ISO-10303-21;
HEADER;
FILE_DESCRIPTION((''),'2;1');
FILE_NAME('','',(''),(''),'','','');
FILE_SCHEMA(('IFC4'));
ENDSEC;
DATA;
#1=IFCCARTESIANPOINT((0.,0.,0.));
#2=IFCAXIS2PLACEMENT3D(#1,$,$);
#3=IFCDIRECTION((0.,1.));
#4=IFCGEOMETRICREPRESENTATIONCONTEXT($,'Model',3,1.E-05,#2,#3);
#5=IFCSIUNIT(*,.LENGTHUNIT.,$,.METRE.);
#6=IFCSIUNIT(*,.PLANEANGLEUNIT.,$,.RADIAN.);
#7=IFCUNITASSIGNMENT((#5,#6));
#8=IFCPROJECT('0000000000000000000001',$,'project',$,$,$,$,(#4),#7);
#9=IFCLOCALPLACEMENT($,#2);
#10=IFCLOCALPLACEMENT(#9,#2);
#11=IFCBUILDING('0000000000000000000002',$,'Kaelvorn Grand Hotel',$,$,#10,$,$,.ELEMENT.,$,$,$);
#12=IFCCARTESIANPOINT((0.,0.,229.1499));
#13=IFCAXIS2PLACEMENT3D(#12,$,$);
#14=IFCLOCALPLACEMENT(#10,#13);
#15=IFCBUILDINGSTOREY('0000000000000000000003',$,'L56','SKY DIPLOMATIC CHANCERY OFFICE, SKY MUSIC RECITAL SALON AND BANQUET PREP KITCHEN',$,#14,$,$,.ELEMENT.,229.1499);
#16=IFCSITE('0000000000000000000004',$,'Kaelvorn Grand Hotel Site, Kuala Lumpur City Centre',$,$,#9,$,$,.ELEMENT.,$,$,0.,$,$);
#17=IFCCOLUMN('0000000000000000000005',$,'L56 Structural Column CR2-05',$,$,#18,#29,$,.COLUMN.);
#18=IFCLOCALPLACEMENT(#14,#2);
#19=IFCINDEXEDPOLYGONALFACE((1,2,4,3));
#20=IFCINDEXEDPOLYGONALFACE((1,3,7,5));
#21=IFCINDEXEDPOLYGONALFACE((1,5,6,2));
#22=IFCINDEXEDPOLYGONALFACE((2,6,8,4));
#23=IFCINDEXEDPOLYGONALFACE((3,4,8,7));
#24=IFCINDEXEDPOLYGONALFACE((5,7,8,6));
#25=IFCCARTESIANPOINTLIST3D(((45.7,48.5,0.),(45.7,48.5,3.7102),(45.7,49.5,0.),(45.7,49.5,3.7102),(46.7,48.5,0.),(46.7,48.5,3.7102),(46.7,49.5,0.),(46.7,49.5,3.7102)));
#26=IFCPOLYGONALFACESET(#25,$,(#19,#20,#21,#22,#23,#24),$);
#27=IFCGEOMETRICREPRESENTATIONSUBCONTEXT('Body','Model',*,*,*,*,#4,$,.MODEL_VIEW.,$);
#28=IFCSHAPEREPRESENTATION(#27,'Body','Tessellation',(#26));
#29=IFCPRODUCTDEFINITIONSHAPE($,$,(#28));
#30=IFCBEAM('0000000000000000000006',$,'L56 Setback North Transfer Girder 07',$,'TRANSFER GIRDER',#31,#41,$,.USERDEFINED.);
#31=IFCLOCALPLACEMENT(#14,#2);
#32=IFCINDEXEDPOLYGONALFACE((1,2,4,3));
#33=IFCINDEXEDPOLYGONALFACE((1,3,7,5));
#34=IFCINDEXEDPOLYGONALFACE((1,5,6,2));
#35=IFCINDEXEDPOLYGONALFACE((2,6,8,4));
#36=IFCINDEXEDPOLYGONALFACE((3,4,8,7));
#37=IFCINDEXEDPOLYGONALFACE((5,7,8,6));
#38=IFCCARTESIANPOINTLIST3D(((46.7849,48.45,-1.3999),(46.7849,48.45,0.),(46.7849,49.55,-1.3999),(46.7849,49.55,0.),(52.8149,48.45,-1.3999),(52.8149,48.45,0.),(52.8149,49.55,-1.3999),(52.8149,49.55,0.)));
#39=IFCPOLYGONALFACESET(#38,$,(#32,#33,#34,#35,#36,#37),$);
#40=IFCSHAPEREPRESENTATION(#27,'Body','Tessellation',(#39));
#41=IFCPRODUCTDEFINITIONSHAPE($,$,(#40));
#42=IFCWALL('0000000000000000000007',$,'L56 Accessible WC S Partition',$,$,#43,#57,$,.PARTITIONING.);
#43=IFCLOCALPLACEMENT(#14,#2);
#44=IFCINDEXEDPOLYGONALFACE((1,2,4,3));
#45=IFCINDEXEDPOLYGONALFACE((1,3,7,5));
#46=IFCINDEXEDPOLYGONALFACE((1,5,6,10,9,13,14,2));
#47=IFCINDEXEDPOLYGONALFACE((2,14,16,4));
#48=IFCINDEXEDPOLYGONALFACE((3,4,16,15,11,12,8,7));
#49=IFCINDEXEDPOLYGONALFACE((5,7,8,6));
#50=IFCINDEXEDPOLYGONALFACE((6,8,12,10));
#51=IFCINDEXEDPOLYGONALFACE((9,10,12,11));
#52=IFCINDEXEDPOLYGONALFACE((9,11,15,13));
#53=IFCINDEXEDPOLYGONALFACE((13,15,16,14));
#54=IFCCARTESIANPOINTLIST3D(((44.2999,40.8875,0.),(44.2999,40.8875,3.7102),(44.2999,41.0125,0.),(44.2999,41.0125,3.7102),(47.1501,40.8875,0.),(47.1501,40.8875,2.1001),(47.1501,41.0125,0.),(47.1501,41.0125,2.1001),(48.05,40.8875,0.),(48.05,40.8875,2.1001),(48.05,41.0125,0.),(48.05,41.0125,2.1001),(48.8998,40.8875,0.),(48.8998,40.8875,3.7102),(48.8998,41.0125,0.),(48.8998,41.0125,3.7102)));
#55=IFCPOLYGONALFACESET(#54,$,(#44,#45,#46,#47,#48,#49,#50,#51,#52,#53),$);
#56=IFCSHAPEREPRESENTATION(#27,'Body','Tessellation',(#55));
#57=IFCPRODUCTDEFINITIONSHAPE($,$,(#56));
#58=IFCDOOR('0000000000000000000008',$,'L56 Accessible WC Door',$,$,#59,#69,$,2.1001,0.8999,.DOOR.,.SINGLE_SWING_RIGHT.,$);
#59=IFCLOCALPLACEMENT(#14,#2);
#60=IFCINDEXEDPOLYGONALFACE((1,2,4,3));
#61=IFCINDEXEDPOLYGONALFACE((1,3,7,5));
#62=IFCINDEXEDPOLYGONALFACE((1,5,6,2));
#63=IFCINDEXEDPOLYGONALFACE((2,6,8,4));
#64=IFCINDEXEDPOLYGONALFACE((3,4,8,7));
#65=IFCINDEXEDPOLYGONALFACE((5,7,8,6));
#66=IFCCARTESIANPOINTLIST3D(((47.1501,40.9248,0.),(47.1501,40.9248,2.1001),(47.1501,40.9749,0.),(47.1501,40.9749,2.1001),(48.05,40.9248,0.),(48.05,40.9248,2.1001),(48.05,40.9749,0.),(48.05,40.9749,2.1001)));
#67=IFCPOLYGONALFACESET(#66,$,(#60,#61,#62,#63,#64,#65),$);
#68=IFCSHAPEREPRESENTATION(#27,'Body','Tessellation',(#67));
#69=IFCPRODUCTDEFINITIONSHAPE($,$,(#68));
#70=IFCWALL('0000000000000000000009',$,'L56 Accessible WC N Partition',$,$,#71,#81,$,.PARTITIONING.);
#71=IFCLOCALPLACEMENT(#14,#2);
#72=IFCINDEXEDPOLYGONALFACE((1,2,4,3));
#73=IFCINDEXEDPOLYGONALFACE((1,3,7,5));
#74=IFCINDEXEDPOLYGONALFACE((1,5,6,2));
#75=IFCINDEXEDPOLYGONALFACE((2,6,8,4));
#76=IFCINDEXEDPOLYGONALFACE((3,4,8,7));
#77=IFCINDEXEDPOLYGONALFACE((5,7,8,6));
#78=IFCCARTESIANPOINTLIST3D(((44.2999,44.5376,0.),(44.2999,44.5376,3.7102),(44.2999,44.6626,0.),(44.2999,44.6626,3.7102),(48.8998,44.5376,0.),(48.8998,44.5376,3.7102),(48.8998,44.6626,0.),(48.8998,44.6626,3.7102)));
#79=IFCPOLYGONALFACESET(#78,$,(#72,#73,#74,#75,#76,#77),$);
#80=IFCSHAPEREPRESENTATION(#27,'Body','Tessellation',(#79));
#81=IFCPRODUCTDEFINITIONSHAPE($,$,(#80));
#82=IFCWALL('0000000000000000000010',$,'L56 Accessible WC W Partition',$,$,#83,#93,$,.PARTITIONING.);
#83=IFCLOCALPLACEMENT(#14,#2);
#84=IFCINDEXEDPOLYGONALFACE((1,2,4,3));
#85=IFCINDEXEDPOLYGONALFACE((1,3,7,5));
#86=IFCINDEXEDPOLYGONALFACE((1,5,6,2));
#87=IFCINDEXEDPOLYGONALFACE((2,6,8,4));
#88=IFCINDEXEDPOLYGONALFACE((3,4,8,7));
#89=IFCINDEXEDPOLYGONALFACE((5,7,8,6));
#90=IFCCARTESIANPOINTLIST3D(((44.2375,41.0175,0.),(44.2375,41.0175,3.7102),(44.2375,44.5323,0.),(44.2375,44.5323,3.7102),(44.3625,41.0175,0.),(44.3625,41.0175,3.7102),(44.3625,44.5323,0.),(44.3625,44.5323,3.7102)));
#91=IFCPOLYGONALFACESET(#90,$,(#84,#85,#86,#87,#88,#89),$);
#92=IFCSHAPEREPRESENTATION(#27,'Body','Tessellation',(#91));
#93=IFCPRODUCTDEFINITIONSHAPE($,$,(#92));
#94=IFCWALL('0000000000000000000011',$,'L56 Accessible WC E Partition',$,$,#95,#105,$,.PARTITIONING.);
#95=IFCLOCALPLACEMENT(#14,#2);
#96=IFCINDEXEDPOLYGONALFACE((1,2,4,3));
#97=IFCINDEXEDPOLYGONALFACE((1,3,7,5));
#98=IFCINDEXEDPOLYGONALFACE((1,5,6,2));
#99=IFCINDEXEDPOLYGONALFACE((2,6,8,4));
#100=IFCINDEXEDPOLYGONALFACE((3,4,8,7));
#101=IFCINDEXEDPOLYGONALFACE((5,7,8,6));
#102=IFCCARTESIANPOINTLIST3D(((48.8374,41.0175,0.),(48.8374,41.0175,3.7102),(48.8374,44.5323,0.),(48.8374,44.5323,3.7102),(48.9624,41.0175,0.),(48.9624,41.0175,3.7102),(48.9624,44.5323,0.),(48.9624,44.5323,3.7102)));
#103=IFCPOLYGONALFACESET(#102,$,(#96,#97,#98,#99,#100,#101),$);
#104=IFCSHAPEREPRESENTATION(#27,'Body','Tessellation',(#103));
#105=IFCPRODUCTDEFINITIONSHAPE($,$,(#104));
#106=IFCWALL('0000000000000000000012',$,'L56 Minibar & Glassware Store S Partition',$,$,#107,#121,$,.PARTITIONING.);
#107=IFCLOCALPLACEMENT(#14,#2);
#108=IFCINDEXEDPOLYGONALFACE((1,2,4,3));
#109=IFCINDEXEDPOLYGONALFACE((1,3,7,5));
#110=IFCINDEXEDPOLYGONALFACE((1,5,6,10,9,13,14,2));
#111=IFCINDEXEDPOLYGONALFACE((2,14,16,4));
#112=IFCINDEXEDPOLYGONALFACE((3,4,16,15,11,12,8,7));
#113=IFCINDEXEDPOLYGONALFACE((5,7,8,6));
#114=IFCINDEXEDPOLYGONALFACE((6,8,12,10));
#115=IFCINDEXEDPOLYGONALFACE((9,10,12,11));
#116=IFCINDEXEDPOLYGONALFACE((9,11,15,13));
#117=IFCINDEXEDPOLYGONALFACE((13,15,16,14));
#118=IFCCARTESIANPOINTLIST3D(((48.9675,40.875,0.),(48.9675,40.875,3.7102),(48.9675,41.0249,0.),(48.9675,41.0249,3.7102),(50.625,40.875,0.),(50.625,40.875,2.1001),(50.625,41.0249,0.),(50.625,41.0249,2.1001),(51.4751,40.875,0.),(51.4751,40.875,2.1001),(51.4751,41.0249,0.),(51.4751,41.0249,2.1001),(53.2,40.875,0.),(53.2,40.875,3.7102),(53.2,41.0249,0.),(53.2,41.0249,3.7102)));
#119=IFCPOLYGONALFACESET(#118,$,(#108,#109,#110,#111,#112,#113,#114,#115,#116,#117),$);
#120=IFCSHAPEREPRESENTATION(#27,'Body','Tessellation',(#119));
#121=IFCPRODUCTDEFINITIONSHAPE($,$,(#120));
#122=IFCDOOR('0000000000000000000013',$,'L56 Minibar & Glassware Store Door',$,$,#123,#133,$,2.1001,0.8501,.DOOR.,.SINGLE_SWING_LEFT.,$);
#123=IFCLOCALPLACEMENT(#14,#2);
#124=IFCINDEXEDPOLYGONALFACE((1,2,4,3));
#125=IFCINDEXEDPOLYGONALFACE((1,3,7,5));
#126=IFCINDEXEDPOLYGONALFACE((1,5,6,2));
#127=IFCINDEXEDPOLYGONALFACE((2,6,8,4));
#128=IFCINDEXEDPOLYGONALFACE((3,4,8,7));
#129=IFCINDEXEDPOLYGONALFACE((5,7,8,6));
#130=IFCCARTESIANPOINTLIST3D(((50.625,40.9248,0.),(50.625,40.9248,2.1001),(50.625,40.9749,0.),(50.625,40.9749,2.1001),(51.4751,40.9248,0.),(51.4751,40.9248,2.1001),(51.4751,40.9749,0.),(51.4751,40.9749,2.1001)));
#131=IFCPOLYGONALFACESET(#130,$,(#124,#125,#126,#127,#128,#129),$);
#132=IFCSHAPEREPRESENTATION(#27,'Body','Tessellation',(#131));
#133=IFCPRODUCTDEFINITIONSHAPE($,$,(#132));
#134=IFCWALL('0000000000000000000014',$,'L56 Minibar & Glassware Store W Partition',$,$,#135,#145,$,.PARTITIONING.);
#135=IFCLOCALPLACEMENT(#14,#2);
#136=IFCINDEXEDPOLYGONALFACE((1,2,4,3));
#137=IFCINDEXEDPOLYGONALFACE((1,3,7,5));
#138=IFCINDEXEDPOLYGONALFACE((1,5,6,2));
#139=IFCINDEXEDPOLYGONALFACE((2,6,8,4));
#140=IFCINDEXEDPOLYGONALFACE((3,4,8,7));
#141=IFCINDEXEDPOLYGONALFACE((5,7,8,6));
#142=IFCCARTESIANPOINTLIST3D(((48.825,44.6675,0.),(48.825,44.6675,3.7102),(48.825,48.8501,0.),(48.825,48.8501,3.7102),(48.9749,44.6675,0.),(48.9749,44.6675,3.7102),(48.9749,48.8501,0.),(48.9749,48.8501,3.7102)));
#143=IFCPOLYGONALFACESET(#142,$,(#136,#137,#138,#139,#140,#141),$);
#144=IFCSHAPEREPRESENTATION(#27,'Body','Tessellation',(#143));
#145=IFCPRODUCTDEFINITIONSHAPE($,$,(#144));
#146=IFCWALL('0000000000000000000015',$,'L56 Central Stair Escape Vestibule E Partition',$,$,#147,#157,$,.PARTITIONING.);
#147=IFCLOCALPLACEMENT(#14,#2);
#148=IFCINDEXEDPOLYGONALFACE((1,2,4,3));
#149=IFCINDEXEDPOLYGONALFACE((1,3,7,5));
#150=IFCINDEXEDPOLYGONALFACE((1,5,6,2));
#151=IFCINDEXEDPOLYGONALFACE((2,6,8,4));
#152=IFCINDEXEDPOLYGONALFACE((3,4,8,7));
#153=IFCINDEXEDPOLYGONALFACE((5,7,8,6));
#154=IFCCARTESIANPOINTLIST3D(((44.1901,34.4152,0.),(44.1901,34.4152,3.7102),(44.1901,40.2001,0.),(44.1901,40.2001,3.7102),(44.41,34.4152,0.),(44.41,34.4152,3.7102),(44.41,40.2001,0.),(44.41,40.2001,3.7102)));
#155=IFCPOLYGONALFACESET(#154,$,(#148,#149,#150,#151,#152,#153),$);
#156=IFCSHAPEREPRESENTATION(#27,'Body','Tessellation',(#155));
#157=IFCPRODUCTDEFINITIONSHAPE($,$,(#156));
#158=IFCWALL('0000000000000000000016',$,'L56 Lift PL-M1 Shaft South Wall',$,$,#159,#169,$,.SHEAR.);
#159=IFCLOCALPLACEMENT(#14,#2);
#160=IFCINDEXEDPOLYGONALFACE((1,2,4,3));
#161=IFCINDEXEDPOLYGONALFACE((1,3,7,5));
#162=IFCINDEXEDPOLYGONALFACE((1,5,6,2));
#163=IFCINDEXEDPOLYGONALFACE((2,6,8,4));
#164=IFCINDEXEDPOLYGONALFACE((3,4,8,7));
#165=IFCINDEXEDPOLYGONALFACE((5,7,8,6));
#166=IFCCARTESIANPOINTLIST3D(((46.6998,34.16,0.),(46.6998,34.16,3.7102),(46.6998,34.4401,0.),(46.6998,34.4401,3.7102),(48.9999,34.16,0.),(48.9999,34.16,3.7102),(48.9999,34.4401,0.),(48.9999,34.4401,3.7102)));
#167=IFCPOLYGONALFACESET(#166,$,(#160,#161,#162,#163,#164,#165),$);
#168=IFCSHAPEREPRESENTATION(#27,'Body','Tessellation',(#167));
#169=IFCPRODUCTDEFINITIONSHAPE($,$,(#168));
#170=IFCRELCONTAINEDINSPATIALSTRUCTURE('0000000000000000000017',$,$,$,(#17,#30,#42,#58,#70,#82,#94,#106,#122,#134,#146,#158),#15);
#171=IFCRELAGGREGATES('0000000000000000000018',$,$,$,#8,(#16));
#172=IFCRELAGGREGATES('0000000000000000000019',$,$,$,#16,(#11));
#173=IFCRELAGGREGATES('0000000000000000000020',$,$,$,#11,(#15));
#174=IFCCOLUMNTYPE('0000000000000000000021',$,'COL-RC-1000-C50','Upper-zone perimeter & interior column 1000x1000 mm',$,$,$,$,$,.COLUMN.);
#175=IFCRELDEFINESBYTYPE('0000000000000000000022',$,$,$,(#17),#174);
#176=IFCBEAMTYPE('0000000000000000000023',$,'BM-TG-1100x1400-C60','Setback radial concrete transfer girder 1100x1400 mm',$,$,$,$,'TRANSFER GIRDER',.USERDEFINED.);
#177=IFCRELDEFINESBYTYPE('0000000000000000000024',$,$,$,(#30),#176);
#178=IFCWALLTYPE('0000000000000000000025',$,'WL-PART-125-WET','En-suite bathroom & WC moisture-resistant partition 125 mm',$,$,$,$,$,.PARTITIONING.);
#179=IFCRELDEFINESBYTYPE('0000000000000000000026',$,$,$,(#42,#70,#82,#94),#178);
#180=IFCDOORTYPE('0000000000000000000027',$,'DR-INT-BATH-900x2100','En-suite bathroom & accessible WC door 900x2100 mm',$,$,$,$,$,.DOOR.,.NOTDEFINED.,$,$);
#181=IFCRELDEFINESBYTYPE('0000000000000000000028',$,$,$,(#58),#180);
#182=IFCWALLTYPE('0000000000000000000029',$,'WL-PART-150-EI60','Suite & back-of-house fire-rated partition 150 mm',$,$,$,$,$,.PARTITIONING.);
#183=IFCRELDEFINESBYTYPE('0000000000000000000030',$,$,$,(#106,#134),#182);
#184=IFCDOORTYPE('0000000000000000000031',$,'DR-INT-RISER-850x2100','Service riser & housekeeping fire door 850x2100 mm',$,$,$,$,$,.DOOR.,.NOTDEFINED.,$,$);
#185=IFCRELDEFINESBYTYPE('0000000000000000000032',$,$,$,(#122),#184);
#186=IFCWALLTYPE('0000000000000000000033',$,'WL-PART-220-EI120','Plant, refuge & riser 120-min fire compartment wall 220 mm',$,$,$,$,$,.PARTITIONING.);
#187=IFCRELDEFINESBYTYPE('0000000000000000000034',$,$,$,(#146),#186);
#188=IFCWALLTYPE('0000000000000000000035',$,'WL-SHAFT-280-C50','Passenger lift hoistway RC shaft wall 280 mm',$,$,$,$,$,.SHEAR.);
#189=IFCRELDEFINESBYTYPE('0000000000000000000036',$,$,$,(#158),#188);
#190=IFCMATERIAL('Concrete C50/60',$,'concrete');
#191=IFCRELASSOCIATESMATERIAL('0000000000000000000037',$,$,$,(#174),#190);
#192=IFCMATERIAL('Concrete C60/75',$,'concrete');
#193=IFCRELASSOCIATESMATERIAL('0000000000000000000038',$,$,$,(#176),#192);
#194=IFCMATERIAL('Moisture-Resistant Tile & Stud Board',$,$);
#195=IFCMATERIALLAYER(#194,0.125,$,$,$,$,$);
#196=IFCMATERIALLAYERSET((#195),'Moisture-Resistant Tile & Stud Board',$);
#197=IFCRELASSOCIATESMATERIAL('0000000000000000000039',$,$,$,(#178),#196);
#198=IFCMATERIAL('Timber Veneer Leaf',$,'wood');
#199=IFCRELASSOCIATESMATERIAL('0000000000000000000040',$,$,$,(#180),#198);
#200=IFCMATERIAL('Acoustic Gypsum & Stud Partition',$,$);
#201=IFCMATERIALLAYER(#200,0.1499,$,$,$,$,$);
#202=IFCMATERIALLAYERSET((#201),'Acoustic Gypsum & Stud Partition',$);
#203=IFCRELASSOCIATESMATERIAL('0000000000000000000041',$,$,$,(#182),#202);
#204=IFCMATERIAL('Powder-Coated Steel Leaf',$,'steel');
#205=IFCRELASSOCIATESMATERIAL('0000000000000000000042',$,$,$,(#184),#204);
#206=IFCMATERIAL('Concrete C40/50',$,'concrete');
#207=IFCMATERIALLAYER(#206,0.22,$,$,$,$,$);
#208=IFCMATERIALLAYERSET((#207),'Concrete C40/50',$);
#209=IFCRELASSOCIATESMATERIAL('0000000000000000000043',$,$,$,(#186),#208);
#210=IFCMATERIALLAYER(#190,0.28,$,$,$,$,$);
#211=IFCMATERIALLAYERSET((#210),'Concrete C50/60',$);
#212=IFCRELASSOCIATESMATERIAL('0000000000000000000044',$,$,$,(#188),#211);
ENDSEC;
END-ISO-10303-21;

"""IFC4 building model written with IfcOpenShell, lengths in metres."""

from ifc_helpers import new_model, si_unit, direction, frame, frame_2d, origin, origin_2d, place, context, subcontext, project, spatial, rectangle, extrude, material, layer, layer_set, material_profile, profile_set, type_object, element, fill, save


model = new_model("IFC4")

# Units and contexts
model_context = context("Model", 3, precision=1e-05, world=origin(), true_north=direction((0.0, 1.0)))
body_context = subcontext(model_context, "Body", "Model", "MODEL_VIEW")
ifc_project = project(units=[si_unit("LENGTHUNIT", "METRE"), si_unit("PLANEANGLEUNIT", "RADIAN")], contexts=[model_context])

# Site, building, storey
site_placement = place(None, origin())
site = spatial("IfcSite", under=ifc_project, at=site_placement, Name="Kaelvorn Grand Hotel Site, Kuala Lumpur City Centre", CompositionType="ELEMENT", RefElevation=0.0)
building_placement = place(site_placement, origin())
building = spatial("IfcBuilding", under=site, at=building_placement, Name="Kaelvorn Grand Hotel", CompositionType="ELEMENT")
storey_placement = place(building_placement, frame((0.0, 0.0, 229.1499)))
storey = spatial("IfcBuildingStorey", under=building, at=storey_placement, Name="L56", Description="SKY DIPLOMATIC CHANCERY OFFICE, SKY MUSIC RECITAL SALON AND BANQUET PREP KITCHEN", CompositionType="ELEMENT", Elevation=229.1499)

# Column
ifc_material_1 = material(Name="Concrete C50/60", Category="concrete")
ifc_material_profile_1 = material_profile(ifc_material_1, rectangle(XDim=1.0, YDim=1.0, at=origin_2d()), Name="RC COL 1000x1000")
ifc_profile_set_1 = profile_set([ifc_material_profile_1], Name="Concrete C50/60")
column_type = type_object("IfcColumnType", Name="COL-RC-1000-C50", Description="Upper-zone perimeter & interior column 1000x1000 mm", PredefinedType="COLUMN", material=ifc_profile_set_1)
column_placement = place(storey_placement, frame((46.2, 49.0, 0.0), z_axis=(0.0, 0.0, 1.0), x_axis=(1.0, 0.0, 0.0)))
element("IfcColumn", 1, at=column_placement, inside=storey, type_object=column_type, Name="L56 Structural Column CR2-05", PredefinedType="COLUMN", context=body_context, shape_type="SweptSolid", body=[
    extrude(rectangle(XDim=1.0, YDim=1.0, at=origin_2d()), origin(), (0.0, 0.0, 1.0), 3.7102),
])

# Beam
ifc_material_2 = material(Name="Concrete C60/75", Category="concrete")
ifc_material_profile_2 = material_profile(ifc_material_2, rectangle(XDim=1.1001, YDim=1.3999, at=origin_2d()), Name="RC TG 1100x1400")
ifc_profile_set_2 = profile_set([ifc_material_profile_2], Name="Concrete C60/75")
beam_type = type_object("IfcBeamType", Name="BM-TG-1100x1400-C60", Description="Setback radial concrete transfer girder 1100x1400 mm", ElementType="TRANSFER GIRDER", PredefinedType="USERDEFINED", material=ifc_profile_set_2)
beam_placement = place(storey_placement, frame((46.7849, 49.0, -0.7), z_axis=(1.0, 0.0, 0.0), x_axis=(0.0, 1.0, 0.0)))
element("IfcBeam", 2, at=beam_placement, inside=storey, type_object=beam_type, Name="L56 Setback North Transfer Girder 07", ObjectType="TRANSFER GIRDER", PredefinedType="USERDEFINED", context=body_context, shape_type="SweptSolid", body=[
    extrude(rectangle(XDim=1.1001, YDim=1.3999, at=origin_2d()), origin(), (0.0, 0.0, 1.0), 6.03),
])

# Wall, opening, door
ifc_material_3 = material(Name="Moisture-Resistant Tile & Stud Board")
ifc_layer_1 = layer(ifc_material_3, 0.125)
ifc_layer_set_1 = layer_set([ifc_layer_1], Name="Moisture-Resistant Tile & Stud Board")
wall_type_1 = type_object("IfcWallType", Name="WL-PART-125-WET", Description="En-suite bathroom & WC moisture-resistant partition 125 mm", PredefinedType="PARTITIONING", material=ifc_layer_set_1)
wall_1_placement = place(storey_placement, frame((44.3, 40.95, 0.0), z_axis=(0.0, 0.0, 1.0), x_axis=(1.0, 0.0, 0.0)))
wall_1 = element("IfcWall", 3, at=wall_1_placement, inside=storey, type_object=wall_type_1, Name="L56 Accessible WC S Partition", PredefinedType="PARTITIONING", context=body_context, shape_type="SweptSolid", body=[
    extrude(rectangle(XDim=4.5999, YDim=0.125, at=frame_2d((2.2998, 0.0))), origin(), (0.0, 0.0, 1.0), 3.7102),
])
opening_1_placement = place(wall_1_placement, frame((2.8501, 0.0, 0.0)))
opening_1 = element("IfcOpeningElement", 4, at=opening_1_placement, cuts=wall_1, PredefinedType="OPENING", context=body_context, shape_type="SweptSolid", body=[
    extrude(rectangle(XDim=0.8999, YDim=2.1001, at=frame_2d((0.45, 1.05))), frame((0.0, 0.0725, 0.0), z_axis=(0.0, -1.0, 0.0), x_axis=(1.0, 0.0, 0.0)), (0.0, 0.0, 1.0), 0.145),
])
ifc_material_4 = material(Name="Timber Veneer Leaf", Category="wood")
door_type_1 = type_object("IfcDoorType", Name="DR-INT-BATH-900x2100", Description="En-suite bathroom & accessible WC door 900x2100 mm", OperationType="NOTDEFINED", PredefinedType="DOOR", material=ifc_material_4)
door_1_placement = place(opening_1_placement, origin())
door_1 = element("IfcDoor", 5, at=door_1_placement, inside=storey, type_object=door_type_1, Name="L56 Accessible WC Door", OperationType="SINGLE_SWING_RIGHT", OverallHeight=2.1001, OverallWidth=0.8999, PredefinedType="DOOR", context=body_context, shape_type="SweptSolid", body=[
    extrude(rectangle(XDim=0.8999, YDim=2.1001, at=frame_2d((0.45, 1.05))), frame((0.0, 0.0249, 0.0), z_axis=(0.0, -1.0, 0.0), x_axis=(1.0, 0.0, 0.0)), (0.0, 0.0, 1.0), 0.05),
])
fill(opening_1, door_1)

# Walls
wall_2_placement = place(storey_placement, frame((44.3, 44.6001, 0.0), z_axis=(0.0, 0.0, 1.0), x_axis=(1.0, 0.0, 0.0)))
element("IfcWall", 6, at=wall_2_placement, inside=storey, type_object=wall_type_1, Name="L56 Accessible WC N Partition", PredefinedType="PARTITIONING", context=body_context, shape_type="SweptSolid", body=[
    extrude(rectangle(XDim=4.5999, YDim=0.125, at=frame_2d((2.2998, 0.0))), origin(), (0.0, 0.0, 1.0), 3.7102),
])
for number, where, z_axis, x_axis, name in (
    (7, (44.3, 41.0176, 0.0), (0.0, 0.0, 1.0), (0.0, 1.0, 0.0), "L56 Accessible WC W Partition"),
    (8, (48.8999, 41.0176, 0.0), (0.0, 0.0, 1.0), (0.0, 1.0, 0.0), "L56 Accessible WC E Partition"),
):
    element("IfcWall", number, at=place(storey_placement, frame(where, z_axis=z_axis, x_axis=x_axis)), inside=storey, type_object=wall_type_1, Name=name, PredefinedType="PARTITIONING", context=body_context, shape_type="SweptSolid", body=[
        extrude(rectangle(XDim=3.5149, YDim=0.125, at=frame_2d((1.7573, 0.0))), origin(), (0.0, 0.0, 1.0), 3.7102),
    ])

# Wall, opening, door
ifc_material_5 = material(Name="Acoustic Gypsum & Stud Partition")
ifc_layer_2 = layer(ifc_material_5, 0.1499)
ifc_layer_set_2 = layer_set([ifc_layer_2], Name="Acoustic Gypsum & Stud Partition")
wall_type_2 = type_object("IfcWallType", Name="WL-PART-150-EI60", Description="Suite & back-of-house fire-rated partition 150 mm", PredefinedType="PARTITIONING", material=ifc_layer_set_2)
wall_3_placement = place(storey_placement, frame((48.9675, 40.95, 0.0), z_axis=(0.0, 0.0, 1.0), x_axis=(1.0, 0.0, 0.0)))
wall_3 = element("IfcWall", 9, at=wall_3_placement, inside=storey, type_object=wall_type_2, Name="L56 Minibar & Glassware Store S Partition", PredefinedType="PARTITIONING", context=body_context, shape_type="SweptSolid", body=[
    extrude(rectangle(XDim=4.2324, YDim=0.1499, at=frame_2d((2.1162, 0.0))), origin(), (0.0, 0.0, 1.0), 3.7102),
])
opening_2_placement = place(wall_3_placement, frame((1.6575, 0.0, 0.0)))
opening_2 = element("IfcOpeningElement", 10, at=opening_2_placement, cuts=wall_3, PredefinedType="OPENING", context=body_context, shape_type="SweptSolid", body=[
    extrude(rectangle(XDim=0.8501, YDim=2.1001, at=frame_2d((0.425, 1.05))), frame((0.0, 0.085, 0.0), z_axis=(0.0, -1.0, 0.0), x_axis=(1.0, 0.0, 0.0)), (0.0, 0.0, 1.0), 0.1699),
])
ifc_material_6 = material(Name="Powder-Coated Steel Leaf", Category="steel")
door_type_2 = type_object("IfcDoorType", Name="DR-INT-RISER-850x2100", Description="Service riser & housekeeping fire door 850x2100 mm", OperationType="NOTDEFINED", PredefinedType="DOOR", material=ifc_material_6)
door_2_placement = place(opening_2_placement, origin())
door_2 = element("IfcDoor", 11, at=door_2_placement, inside=storey, type_object=door_type_2, Name="L56 Minibar & Glassware Store Door", OperationType="SINGLE_SWING_LEFT", OverallHeight=2.1001, OverallWidth=0.8501, PredefinedType="DOOR", context=body_context, shape_type="SweptSolid", body=[
    extrude(rectangle(XDim=0.8501, YDim=2.1001, at=frame_2d((0.425, 1.05))), frame((0.0, 0.0249, 0.0), z_axis=(0.0, -1.0, 0.0), x_axis=(1.0, 0.0, 0.0)), (0.0, 0.0, 1.0), 0.05),
])
fill(opening_2, door_2)

# Walls
wall_4_placement = place(storey_placement, frame((48.8999, 44.6675, 0.0), z_axis=(0.0, 0.0, 1.0), x_axis=(0.0, 1.0, 0.0)))
element("IfcWall", 12, at=wall_4_placement, inside=storey, type_object=wall_type_2, Name="L56 Minibar & Glassware Store W Partition", PredefinedType="PARTITIONING", context=body_context, shape_type="SweptSolid", body=[
    extrude(rectangle(XDim=4.1826, YDim=0.1499, at=frame_2d((2.0913, 0.0))), origin(), (0.0, 0.0, 1.0), 3.7102),
])
ifc_material_7 = material(Name="Concrete C40/50", Category="concrete")
ifc_layer_3 = layer(ifc_material_7, 0.22)
ifc_layer_set_3 = layer_set([ifc_layer_3], Name="Concrete C40/50")
wall_type_3 = type_object("IfcWallType", Name="WL-PART-220-EI120", Description="Plant, refuge & riser 120-min fire compartment wall 220 mm", PredefinedType="PARTITIONING", material=ifc_layer_set_3)
wall_5_placement = place(storey_placement, frame((44.3, 34.415, 0.0), z_axis=(0.0, 0.0, 1.0), x_axis=(0.0, 1.0, 0.0)))
element("IfcWall", 13, at=wall_5_placement, inside=storey, type_object=wall_type_3, Name="L56 Central Stair Escape Vestibule E Partition", PredefinedType="PARTITIONING", context=body_context, shape_type="SweptSolid", body=[
    extrude(rectangle(XDim=5.7849, YDim=0.22, at=frame_2d((2.8926, 0.0))), origin(), (0.0, 0.0, 1.0), 3.7102),
])
ifc_layer_4 = layer(ifc_material_1, 0.28)
ifc_layer_set_4 = layer_set([ifc_layer_4], Name="Concrete C50/60")
wall_type_4 = type_object("IfcWallType", Name="WL-SHAFT-280-C50", Description="Passenger lift hoistway RC shaft wall 280 mm", PredefinedType="SHEAR", material=ifc_layer_set_4)
for number, where, z_axis, x_axis, name in (
    (14, (46.7, 34.3, 0.0), (0.0, 0.0, 1.0), (1.0, 0.0, 0.0), "L56 Lift PL-M1 Shaft South Wall"),
):
    element("IfcWall", number, at=place(storey_placement, frame(where, z_axis=z_axis, x_axis=x_axis)), inside=storey, type_object=wall_type_4, Name=name, PredefinedType="SHEAR", context=body_context, shape_type="SweptSolid", body=[
        extrude(rectangle(XDim=2.3, YDim=0.28, at=frame_2d((1.1499, 0.0))), origin(), (0.0, 0.0, 1.0), 3.7102),
    ])

save(model, "model.ifc")
